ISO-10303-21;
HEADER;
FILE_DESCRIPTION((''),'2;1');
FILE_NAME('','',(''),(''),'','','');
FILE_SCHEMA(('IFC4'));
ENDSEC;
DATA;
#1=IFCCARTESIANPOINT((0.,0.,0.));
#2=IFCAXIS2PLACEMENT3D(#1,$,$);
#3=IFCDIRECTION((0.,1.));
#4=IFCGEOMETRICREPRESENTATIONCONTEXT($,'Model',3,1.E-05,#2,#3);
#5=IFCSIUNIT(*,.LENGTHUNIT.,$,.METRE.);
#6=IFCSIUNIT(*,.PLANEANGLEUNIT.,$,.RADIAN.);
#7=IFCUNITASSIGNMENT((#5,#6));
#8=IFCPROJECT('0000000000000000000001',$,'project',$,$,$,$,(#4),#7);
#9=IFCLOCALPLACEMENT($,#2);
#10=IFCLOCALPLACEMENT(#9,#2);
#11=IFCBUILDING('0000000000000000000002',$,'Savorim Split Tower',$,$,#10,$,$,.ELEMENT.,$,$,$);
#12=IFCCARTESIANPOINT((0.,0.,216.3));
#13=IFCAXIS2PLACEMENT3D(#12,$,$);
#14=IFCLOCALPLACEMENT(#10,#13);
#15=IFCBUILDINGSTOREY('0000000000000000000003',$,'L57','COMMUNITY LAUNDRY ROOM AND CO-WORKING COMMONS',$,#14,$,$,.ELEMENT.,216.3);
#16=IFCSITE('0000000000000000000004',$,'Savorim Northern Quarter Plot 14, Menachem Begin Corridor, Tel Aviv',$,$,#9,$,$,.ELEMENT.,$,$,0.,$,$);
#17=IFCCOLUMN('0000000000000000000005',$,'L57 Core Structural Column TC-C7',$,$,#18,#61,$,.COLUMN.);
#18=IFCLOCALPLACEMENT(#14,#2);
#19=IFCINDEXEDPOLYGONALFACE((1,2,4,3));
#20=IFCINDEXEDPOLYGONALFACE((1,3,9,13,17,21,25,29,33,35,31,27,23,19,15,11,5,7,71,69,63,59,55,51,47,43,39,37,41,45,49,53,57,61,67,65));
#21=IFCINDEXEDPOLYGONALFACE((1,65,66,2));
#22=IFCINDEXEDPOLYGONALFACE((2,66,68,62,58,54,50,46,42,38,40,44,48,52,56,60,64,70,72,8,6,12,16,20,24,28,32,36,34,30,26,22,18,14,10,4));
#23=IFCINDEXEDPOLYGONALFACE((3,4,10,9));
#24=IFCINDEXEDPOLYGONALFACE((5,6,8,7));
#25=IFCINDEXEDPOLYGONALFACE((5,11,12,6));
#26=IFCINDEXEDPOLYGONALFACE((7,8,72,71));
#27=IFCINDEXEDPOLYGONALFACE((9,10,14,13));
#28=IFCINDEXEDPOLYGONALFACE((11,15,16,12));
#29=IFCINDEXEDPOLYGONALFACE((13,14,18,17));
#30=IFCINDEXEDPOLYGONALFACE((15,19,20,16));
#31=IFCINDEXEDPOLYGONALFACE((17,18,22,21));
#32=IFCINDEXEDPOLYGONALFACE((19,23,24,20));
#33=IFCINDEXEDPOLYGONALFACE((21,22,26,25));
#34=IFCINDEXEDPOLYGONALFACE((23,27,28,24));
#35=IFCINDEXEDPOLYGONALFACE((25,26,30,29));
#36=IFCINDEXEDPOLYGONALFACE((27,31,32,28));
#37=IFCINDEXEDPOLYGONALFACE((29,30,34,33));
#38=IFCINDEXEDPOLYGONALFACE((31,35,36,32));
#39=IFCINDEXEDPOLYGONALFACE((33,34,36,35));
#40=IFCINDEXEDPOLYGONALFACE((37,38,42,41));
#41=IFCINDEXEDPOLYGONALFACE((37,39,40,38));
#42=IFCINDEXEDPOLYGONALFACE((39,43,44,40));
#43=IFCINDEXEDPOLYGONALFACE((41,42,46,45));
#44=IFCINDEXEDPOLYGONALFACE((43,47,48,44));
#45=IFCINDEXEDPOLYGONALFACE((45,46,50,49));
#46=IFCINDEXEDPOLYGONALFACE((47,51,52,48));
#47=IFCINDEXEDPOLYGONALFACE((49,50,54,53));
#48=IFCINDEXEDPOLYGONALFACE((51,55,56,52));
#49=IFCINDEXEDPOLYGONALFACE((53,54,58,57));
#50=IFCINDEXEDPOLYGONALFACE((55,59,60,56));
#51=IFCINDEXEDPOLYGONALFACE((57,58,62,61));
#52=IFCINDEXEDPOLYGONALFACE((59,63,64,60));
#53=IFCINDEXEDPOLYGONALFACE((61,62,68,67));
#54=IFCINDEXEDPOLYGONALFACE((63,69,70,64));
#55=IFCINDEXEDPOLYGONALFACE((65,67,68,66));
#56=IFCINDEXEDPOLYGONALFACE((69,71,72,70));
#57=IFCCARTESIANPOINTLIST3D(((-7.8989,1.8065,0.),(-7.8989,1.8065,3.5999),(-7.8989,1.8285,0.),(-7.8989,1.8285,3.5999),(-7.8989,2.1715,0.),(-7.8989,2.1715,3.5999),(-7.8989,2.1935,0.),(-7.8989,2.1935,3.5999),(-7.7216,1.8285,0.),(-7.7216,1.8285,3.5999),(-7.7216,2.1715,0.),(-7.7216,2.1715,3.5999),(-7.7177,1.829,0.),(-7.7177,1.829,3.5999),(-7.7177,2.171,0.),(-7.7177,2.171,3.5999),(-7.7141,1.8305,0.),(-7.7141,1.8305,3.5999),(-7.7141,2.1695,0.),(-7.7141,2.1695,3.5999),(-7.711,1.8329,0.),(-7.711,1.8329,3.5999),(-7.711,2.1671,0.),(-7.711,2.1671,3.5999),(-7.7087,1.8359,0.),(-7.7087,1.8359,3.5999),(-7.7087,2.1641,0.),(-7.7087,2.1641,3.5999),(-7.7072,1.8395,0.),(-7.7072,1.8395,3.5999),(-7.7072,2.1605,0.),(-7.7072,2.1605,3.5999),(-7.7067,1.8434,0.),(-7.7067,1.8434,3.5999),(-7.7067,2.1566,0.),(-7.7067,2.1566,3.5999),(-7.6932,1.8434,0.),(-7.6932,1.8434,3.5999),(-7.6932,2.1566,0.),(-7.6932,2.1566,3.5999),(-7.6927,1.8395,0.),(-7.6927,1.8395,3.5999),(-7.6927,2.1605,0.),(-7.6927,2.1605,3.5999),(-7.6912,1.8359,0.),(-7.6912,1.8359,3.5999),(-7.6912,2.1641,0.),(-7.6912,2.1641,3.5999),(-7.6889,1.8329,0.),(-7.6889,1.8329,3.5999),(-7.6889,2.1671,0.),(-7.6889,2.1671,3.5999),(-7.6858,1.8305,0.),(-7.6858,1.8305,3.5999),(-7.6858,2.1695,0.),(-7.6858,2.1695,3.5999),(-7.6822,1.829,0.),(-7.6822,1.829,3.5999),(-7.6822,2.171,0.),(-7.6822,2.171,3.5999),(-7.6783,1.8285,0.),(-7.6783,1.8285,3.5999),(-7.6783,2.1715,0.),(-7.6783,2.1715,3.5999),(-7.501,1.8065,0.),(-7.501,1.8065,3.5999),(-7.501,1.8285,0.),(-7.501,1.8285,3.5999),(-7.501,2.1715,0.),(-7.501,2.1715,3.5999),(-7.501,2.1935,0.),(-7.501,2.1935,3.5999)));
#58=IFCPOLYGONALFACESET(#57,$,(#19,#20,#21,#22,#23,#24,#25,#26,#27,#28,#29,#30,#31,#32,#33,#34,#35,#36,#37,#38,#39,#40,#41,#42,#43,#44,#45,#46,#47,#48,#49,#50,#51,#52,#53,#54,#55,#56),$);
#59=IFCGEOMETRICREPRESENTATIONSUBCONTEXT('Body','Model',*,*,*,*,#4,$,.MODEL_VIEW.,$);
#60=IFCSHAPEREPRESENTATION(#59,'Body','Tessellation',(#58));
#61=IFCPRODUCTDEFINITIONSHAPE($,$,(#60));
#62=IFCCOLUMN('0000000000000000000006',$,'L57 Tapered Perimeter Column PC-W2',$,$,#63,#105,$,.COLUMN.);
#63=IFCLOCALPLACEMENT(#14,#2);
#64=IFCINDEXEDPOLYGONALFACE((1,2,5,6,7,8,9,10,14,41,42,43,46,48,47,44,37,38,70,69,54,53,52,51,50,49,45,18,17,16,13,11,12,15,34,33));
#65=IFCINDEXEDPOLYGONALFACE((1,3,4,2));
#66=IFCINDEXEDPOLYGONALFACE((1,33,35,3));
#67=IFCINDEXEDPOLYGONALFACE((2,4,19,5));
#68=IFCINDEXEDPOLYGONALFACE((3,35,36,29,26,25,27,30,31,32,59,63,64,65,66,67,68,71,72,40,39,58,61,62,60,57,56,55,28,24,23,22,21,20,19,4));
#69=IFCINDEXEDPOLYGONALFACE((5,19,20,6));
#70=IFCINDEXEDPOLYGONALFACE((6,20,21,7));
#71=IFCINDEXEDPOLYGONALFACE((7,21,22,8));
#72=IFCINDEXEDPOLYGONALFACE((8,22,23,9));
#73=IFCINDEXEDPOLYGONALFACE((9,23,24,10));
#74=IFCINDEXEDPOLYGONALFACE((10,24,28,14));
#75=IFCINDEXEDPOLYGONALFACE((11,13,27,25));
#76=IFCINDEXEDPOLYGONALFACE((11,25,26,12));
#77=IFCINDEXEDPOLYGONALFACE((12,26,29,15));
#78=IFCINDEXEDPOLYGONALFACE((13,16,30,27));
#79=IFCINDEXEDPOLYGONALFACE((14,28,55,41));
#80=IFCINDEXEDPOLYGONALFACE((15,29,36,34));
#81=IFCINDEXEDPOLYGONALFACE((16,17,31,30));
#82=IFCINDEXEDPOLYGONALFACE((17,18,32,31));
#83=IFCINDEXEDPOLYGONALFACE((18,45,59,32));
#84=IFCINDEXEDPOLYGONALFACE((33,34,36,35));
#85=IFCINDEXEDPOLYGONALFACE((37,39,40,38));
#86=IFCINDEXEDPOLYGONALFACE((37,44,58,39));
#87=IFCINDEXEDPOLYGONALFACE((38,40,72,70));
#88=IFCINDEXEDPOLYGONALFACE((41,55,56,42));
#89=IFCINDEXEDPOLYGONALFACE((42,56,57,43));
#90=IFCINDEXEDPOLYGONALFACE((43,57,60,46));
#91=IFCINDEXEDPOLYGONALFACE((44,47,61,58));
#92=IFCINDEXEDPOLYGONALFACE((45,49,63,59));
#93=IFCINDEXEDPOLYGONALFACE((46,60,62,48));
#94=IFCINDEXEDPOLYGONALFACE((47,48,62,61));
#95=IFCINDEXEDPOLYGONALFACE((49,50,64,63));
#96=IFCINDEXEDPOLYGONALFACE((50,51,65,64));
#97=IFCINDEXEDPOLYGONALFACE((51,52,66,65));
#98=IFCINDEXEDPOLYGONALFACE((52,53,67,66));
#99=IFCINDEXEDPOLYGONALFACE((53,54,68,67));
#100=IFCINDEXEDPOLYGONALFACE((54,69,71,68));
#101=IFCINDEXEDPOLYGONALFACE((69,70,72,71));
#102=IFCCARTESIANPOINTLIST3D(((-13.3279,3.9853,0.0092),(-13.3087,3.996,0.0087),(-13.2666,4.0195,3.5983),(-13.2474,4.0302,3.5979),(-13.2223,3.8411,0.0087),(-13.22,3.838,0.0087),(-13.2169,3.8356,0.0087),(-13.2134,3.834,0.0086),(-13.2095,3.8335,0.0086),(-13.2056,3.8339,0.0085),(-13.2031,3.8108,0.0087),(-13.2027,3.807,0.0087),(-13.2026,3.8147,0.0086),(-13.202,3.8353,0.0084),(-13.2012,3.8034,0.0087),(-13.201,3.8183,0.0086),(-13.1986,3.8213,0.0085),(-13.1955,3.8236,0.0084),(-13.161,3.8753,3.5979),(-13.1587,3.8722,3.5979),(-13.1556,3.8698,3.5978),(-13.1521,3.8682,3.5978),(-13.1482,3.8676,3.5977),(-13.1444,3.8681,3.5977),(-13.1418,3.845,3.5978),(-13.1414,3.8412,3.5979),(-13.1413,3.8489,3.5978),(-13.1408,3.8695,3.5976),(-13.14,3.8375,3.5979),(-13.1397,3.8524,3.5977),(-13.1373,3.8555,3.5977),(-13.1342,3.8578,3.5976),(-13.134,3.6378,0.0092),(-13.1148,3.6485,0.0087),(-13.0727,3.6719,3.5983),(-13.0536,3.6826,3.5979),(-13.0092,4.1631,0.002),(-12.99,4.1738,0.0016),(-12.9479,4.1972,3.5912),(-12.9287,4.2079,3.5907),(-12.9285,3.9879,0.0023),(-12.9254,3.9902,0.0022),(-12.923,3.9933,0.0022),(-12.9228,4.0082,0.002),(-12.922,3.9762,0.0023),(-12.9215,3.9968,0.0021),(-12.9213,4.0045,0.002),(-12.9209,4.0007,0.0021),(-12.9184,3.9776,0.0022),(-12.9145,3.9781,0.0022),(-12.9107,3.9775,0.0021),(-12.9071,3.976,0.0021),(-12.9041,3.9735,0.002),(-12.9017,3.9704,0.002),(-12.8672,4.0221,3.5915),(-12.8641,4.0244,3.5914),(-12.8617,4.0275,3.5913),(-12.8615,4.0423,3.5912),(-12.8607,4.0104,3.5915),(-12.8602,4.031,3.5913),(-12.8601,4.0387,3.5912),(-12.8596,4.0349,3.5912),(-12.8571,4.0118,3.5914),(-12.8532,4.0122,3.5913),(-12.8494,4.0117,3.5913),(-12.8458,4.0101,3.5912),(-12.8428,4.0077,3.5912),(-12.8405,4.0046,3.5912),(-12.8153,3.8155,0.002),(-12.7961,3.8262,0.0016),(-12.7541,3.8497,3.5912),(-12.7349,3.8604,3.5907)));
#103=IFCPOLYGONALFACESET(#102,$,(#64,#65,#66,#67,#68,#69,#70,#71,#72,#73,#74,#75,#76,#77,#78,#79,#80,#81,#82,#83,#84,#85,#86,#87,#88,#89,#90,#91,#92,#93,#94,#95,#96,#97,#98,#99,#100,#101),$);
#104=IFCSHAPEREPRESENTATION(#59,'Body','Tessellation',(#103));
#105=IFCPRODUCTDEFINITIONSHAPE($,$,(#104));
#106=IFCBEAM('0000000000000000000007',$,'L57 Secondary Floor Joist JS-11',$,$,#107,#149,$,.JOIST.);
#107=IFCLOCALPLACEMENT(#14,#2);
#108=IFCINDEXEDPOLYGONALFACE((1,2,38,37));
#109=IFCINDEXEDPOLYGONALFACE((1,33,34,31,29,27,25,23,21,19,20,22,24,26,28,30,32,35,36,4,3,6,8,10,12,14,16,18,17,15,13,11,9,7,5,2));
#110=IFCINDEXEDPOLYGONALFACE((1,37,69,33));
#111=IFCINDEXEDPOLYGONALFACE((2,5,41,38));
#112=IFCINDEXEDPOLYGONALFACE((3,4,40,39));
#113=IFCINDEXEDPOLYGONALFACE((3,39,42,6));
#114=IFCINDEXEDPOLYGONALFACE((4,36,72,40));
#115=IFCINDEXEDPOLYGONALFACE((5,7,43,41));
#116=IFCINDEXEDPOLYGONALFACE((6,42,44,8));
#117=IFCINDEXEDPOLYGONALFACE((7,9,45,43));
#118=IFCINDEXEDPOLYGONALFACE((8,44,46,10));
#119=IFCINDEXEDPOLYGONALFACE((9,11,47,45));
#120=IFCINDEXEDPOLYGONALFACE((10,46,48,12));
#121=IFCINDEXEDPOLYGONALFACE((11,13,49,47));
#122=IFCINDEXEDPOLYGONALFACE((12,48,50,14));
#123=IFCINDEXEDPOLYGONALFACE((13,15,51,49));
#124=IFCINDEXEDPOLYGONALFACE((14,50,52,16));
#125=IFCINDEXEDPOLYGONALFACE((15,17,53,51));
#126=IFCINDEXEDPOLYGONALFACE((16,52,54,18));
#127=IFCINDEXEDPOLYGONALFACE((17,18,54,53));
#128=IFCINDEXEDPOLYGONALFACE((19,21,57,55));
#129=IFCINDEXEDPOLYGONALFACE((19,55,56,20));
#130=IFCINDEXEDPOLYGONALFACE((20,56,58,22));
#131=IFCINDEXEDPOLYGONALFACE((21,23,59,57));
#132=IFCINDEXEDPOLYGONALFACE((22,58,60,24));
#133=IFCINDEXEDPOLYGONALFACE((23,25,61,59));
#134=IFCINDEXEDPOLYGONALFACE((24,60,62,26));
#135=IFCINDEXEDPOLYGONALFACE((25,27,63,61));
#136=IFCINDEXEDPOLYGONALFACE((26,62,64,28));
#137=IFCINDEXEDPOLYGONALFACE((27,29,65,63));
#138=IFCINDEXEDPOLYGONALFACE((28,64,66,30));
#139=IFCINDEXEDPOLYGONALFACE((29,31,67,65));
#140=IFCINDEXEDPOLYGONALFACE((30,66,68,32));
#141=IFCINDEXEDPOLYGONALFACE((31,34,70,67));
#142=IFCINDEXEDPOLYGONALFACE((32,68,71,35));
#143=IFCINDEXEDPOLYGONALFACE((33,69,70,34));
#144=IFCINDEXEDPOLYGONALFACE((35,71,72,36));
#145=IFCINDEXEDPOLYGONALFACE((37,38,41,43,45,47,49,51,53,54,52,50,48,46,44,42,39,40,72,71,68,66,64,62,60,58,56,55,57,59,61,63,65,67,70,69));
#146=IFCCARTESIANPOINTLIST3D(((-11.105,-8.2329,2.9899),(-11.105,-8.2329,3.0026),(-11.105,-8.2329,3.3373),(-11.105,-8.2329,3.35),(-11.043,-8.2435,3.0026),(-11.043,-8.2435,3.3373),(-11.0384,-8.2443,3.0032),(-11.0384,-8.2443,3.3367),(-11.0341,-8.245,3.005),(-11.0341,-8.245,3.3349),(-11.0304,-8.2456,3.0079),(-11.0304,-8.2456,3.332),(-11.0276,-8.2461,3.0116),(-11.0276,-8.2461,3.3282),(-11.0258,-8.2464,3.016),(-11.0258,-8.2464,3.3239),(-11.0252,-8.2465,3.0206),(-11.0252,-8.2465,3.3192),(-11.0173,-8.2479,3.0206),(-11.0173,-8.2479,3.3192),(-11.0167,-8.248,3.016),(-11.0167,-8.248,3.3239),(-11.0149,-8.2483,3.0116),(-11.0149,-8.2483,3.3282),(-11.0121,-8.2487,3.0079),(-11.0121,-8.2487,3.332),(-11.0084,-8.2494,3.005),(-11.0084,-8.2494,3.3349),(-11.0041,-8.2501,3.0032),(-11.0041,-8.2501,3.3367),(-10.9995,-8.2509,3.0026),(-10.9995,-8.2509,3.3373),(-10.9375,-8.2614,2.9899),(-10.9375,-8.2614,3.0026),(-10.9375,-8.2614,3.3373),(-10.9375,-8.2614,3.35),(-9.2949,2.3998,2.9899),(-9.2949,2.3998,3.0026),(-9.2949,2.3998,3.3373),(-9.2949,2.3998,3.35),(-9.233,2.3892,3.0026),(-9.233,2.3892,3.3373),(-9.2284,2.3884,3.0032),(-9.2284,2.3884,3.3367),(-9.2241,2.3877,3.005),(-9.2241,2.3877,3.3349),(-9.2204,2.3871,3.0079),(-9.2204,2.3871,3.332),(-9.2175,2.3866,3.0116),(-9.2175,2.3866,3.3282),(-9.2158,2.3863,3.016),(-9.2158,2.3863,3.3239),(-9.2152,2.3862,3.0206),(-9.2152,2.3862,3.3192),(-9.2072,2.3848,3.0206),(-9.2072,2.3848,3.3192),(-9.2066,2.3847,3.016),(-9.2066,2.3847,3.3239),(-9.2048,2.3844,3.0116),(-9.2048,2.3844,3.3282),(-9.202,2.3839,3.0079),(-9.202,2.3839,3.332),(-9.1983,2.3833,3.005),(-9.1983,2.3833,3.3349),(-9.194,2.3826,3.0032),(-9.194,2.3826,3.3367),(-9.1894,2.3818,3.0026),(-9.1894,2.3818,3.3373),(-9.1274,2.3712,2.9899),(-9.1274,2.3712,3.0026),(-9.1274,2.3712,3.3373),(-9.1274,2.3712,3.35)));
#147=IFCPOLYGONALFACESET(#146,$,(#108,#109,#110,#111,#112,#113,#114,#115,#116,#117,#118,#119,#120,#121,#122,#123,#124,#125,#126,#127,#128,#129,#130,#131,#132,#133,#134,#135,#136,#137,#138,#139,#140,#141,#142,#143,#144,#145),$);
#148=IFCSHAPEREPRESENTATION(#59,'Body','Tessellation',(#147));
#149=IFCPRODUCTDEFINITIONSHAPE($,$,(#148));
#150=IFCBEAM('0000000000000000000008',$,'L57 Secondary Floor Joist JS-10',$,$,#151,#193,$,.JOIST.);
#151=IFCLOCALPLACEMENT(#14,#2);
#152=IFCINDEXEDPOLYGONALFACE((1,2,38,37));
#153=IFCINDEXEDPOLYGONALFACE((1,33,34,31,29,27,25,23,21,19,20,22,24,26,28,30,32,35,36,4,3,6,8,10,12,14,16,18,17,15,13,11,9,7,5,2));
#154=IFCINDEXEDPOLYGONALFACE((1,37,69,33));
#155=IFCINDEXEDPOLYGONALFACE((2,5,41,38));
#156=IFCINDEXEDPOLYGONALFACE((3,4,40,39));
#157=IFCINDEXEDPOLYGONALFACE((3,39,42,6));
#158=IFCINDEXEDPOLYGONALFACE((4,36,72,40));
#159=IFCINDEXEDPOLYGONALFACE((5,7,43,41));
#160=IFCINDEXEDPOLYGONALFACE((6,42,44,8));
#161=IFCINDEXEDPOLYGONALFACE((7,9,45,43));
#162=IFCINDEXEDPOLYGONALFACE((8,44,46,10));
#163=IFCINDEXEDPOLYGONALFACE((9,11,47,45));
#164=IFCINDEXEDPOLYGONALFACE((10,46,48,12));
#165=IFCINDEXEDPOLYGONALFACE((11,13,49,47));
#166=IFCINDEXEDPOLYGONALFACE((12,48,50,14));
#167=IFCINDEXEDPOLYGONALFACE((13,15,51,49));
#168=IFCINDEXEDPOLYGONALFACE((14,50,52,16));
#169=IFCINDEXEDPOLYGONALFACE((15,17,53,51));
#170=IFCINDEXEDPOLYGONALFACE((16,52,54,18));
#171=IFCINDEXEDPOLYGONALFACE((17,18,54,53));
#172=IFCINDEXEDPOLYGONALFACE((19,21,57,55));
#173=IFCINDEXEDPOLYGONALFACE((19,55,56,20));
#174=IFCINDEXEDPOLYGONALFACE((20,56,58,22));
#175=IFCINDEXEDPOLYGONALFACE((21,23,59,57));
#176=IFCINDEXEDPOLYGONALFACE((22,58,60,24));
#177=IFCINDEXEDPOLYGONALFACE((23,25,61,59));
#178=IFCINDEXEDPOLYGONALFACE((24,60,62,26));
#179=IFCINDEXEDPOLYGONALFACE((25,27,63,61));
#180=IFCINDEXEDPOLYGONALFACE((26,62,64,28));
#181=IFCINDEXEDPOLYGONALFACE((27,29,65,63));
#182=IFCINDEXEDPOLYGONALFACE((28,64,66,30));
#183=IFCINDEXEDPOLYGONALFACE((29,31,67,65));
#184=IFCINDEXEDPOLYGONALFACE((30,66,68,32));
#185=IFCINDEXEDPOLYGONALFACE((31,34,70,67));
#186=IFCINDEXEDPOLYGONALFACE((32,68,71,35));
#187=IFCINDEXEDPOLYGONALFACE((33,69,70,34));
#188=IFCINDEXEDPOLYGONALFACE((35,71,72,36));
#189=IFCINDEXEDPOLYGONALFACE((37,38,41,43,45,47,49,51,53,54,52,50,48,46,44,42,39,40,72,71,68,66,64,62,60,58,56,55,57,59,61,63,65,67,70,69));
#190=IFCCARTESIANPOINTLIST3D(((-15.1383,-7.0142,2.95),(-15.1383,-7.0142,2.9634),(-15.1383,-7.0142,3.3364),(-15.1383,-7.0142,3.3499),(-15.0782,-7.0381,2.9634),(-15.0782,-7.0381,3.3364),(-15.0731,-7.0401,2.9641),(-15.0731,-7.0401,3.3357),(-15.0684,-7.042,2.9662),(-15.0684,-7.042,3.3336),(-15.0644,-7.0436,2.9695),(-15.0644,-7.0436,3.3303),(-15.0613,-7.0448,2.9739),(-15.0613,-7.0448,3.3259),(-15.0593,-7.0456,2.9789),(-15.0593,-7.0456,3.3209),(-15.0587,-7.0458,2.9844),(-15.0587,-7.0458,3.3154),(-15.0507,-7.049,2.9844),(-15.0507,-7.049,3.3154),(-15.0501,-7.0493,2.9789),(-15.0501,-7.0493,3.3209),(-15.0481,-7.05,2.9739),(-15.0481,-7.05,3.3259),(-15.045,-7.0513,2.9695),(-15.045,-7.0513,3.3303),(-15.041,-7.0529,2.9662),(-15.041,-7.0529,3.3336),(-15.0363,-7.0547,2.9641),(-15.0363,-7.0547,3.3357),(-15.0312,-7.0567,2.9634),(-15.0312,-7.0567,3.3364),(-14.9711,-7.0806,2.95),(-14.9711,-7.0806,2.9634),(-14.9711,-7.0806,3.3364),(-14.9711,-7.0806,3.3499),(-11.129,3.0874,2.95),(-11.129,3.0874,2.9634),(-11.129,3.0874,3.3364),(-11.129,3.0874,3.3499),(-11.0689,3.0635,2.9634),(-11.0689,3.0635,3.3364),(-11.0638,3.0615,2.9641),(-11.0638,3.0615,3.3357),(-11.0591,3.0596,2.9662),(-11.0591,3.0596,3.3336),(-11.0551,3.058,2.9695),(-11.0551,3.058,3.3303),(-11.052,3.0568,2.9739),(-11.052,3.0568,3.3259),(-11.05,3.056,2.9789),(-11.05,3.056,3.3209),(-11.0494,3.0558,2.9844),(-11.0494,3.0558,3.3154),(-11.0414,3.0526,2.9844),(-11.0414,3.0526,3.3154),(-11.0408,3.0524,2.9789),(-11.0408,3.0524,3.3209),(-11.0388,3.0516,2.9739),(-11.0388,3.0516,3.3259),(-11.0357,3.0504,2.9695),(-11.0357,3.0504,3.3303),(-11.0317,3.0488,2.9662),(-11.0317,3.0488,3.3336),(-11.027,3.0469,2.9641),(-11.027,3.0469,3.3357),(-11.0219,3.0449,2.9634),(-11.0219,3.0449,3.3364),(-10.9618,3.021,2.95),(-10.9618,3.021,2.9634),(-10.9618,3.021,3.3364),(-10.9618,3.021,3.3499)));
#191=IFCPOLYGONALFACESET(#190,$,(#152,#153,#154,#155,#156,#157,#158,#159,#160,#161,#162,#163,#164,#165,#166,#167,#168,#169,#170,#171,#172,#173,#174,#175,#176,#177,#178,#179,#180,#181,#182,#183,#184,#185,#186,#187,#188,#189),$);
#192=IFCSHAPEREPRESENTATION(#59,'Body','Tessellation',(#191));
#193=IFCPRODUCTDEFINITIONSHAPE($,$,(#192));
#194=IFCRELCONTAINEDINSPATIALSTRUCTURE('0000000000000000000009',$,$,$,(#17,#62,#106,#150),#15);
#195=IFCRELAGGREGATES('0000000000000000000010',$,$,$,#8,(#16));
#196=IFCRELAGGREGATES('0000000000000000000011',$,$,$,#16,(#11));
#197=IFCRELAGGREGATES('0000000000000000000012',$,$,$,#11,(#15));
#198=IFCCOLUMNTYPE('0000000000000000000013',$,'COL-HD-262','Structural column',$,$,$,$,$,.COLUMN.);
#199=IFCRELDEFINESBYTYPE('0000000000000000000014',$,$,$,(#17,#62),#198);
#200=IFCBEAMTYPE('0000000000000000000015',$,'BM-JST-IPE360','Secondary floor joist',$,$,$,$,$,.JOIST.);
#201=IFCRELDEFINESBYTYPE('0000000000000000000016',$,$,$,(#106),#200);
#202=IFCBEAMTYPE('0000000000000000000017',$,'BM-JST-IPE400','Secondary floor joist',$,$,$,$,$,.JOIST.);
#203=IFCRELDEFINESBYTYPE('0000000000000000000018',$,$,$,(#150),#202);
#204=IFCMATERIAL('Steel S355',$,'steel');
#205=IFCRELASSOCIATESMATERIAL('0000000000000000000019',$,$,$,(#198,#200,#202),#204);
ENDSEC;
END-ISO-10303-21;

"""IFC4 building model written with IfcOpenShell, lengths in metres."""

from ifc_helpers import new_model, si_unit, direction, frame, origin, origin_2d, place, context, subcontext, project, spatial, i_section, extrude, material, material_profile, profile_set, type_object, element, save


model = new_model("IFC4")

# Units and contexts
model_context = context("Model", 3, precision=1e-05, world=origin(), true_north=direction((0.0, 1.0)))
body_context = subcontext(model_context, "Body", "Model", "MODEL_VIEW")
ifc_project = project(units=[si_unit("LENGTHUNIT", "METRE"), si_unit("PLANEANGLEUNIT", "RADIAN")], contexts=[model_context])

# Site, building, storey
site_placement = place(None, origin())
site = spatial("IfcSite", under=ifc_project, at=site_placement, Name="Savorim Northern Quarter Plot 14, Menachem Begin Corridor, Tel Aviv", CompositionType="ELEMENT", RefElevation=0.0)
building_placement = place(site_placement, origin())
building = spatial("IfcBuilding", under=site, at=building_placement, Name="Savorim Split Tower", CompositionType="ELEMENT")
storey_placement = place(building_placement, frame((0.0, 0.0, 216.3)))
storey = spatial("IfcBuildingStorey", under=building, at=storey_placement, Name="L57", Description="COMMUNITY LAUNDRY ROOM AND CO-WORKING COMMONS", CompositionType="ELEMENT", Elevation=216.3)

# Columns
ifc_material_1 = material(Name="Steel S355", Category="steel")
ifc_material_profile_1 = material_profile(ifc_material_1, i_section(OverallWidth=0.3979, OverallDepth=0.387, WebThickness=0.0134, FlangeThickness=0.022, FilletRadius=0.0149, at=origin_2d()), Name="HD 400x262")
ifc_profile_set_1 = profile_set([ifc_material_profile_1], Name="Steel S355")
column_type = type_object("IfcColumnType", Name="COL-HD-262", Description="Structural column", PredefinedType="COLUMN", material=ifc_profile_set_1)
column_1_placement = place(storey_placement, frame((-7.7, 2.0, 0.0), z_axis=(0.0, 0.0, 1.0), x_axis=(1.0, 0.0, 0.0)))
element("IfcColumn", 1, at=column_1_placement, inside=storey, type_object=column_type, Name="L57 Core Structural Column TC-C7", PredefinedType="COLUMN", context=body_context, shape_type="SweptSolid", body=[
    extrude(i_section(OverallWidth=0.3979, OverallDepth=0.387, WebThickness=0.0134, FlangeThickness=0.022, FilletRadius=0.0149, at=origin_2d()), origin(), (0.0, 0.0, 1.0), 3.5999),
])
column_2_placement = place(storey_placement, frame((-13.062, 3.9058, 0.0054), z_axis=(0.01707, 0.009521, 0.999809), x_axis=(-0.487119, 0.873335, 0.0)))
element("IfcColumn", 2, at=column_2_placement, inside=storey, type_object=column_type, Name="L57 Tapered Perimeter Column PC-W2", PredefinedType="COLUMN", context=body_context, shape_type="SweptSolid", body=[
    extrude(i_section(OverallWidth=0.3979, OverallDepth=0.387, WebThickness=0.0134, FlangeThickness=0.022, FilletRadius=0.0149, at=origin_2d()), origin(), (0.0, 0.0, 1.0), 3.5898),
])

# Beams
ifc_material_profile_2 = material_profile(ifc_material_1, i_section(OverallWidth=0.1699, OverallDepth=0.3601, WebThickness=0.0081, FlangeThickness=0.0127, FilletRadius=0.0181, at=origin_2d()), Name="IPE 360")
ifc_profile_set_2 = profile_set([ifc_material_profile_2], Name="Steel S355")
beam_type_1 = type_object("IfcBeamType", Name="BM-JST-IPE360", Description="Secondary floor joist", PredefinedType="JOIST", material=ifc_profile_set_2)
beam_1_placement = place(storey_placement, frame((-9.2112, 2.3855, 3.1699), z_axis=(-0.167823, -0.985817, 0.0), x_axis=(0.985817, -0.167823, 0.0)))
element("IfcBeam", 3, at=beam_1_placement, inside=storey, type_object=beam_type_1, Name="L57 Secondary Floor Joist JS-11", PredefinedType="JOIST", context=body_context, shape_type="SweptSolid", body=[
    extrude(i_section(OverallWidth=0.1699, OverallDepth=0.3601, WebThickness=0.0081, FlangeThickness=0.0127, FilletRadius=0.0181, at=origin_2d()), origin(), (0.0, 0.0, 1.0), 10.7856),
])
ifc_material_profile_3 = material_profile(ifc_material_1, i_section(OverallWidth=0.1799, OverallDepth=0.3999, WebThickness=0.0085, FlangeThickness=0.0134, FilletRadius=0.021, at=origin_2d()), Name="IPE 400")
ifc_profile_set_3 = profile_set([ifc_material_profile_3], Name="Steel S355")
beam_type_2 = type_object("IfcBeamType", Name="BM-JST-IPE400", Description="Secondary floor joist", PredefinedType="JOIST", material=ifc_profile_set_3)
beam_2_placement = place(storey_placement, frame((-11.0454, 3.0542, 3.1499), z_axis=(-0.368903, -0.929468, 0.0), x_axis=(0.929468, -0.368903, 0.0)))
element("IfcBeam", 4, at=beam_2_placement, inside=storey, type_object=beam_type_2, Name="L57 Secondary Floor Joist JS-10", PredefinedType="JOIST", context=body_context, shape_type="SweptSolid", body=[
    extrude(i_section(OverallWidth=0.1799, OverallDepth=0.3999, WebThickness=0.0085, FlangeThickness=0.0134, FilletRadius=0.021, at=origin_2d()), origin(), (0.0, 0.0, 1.0), 10.8682),
])

save(model, "model.ifc")
